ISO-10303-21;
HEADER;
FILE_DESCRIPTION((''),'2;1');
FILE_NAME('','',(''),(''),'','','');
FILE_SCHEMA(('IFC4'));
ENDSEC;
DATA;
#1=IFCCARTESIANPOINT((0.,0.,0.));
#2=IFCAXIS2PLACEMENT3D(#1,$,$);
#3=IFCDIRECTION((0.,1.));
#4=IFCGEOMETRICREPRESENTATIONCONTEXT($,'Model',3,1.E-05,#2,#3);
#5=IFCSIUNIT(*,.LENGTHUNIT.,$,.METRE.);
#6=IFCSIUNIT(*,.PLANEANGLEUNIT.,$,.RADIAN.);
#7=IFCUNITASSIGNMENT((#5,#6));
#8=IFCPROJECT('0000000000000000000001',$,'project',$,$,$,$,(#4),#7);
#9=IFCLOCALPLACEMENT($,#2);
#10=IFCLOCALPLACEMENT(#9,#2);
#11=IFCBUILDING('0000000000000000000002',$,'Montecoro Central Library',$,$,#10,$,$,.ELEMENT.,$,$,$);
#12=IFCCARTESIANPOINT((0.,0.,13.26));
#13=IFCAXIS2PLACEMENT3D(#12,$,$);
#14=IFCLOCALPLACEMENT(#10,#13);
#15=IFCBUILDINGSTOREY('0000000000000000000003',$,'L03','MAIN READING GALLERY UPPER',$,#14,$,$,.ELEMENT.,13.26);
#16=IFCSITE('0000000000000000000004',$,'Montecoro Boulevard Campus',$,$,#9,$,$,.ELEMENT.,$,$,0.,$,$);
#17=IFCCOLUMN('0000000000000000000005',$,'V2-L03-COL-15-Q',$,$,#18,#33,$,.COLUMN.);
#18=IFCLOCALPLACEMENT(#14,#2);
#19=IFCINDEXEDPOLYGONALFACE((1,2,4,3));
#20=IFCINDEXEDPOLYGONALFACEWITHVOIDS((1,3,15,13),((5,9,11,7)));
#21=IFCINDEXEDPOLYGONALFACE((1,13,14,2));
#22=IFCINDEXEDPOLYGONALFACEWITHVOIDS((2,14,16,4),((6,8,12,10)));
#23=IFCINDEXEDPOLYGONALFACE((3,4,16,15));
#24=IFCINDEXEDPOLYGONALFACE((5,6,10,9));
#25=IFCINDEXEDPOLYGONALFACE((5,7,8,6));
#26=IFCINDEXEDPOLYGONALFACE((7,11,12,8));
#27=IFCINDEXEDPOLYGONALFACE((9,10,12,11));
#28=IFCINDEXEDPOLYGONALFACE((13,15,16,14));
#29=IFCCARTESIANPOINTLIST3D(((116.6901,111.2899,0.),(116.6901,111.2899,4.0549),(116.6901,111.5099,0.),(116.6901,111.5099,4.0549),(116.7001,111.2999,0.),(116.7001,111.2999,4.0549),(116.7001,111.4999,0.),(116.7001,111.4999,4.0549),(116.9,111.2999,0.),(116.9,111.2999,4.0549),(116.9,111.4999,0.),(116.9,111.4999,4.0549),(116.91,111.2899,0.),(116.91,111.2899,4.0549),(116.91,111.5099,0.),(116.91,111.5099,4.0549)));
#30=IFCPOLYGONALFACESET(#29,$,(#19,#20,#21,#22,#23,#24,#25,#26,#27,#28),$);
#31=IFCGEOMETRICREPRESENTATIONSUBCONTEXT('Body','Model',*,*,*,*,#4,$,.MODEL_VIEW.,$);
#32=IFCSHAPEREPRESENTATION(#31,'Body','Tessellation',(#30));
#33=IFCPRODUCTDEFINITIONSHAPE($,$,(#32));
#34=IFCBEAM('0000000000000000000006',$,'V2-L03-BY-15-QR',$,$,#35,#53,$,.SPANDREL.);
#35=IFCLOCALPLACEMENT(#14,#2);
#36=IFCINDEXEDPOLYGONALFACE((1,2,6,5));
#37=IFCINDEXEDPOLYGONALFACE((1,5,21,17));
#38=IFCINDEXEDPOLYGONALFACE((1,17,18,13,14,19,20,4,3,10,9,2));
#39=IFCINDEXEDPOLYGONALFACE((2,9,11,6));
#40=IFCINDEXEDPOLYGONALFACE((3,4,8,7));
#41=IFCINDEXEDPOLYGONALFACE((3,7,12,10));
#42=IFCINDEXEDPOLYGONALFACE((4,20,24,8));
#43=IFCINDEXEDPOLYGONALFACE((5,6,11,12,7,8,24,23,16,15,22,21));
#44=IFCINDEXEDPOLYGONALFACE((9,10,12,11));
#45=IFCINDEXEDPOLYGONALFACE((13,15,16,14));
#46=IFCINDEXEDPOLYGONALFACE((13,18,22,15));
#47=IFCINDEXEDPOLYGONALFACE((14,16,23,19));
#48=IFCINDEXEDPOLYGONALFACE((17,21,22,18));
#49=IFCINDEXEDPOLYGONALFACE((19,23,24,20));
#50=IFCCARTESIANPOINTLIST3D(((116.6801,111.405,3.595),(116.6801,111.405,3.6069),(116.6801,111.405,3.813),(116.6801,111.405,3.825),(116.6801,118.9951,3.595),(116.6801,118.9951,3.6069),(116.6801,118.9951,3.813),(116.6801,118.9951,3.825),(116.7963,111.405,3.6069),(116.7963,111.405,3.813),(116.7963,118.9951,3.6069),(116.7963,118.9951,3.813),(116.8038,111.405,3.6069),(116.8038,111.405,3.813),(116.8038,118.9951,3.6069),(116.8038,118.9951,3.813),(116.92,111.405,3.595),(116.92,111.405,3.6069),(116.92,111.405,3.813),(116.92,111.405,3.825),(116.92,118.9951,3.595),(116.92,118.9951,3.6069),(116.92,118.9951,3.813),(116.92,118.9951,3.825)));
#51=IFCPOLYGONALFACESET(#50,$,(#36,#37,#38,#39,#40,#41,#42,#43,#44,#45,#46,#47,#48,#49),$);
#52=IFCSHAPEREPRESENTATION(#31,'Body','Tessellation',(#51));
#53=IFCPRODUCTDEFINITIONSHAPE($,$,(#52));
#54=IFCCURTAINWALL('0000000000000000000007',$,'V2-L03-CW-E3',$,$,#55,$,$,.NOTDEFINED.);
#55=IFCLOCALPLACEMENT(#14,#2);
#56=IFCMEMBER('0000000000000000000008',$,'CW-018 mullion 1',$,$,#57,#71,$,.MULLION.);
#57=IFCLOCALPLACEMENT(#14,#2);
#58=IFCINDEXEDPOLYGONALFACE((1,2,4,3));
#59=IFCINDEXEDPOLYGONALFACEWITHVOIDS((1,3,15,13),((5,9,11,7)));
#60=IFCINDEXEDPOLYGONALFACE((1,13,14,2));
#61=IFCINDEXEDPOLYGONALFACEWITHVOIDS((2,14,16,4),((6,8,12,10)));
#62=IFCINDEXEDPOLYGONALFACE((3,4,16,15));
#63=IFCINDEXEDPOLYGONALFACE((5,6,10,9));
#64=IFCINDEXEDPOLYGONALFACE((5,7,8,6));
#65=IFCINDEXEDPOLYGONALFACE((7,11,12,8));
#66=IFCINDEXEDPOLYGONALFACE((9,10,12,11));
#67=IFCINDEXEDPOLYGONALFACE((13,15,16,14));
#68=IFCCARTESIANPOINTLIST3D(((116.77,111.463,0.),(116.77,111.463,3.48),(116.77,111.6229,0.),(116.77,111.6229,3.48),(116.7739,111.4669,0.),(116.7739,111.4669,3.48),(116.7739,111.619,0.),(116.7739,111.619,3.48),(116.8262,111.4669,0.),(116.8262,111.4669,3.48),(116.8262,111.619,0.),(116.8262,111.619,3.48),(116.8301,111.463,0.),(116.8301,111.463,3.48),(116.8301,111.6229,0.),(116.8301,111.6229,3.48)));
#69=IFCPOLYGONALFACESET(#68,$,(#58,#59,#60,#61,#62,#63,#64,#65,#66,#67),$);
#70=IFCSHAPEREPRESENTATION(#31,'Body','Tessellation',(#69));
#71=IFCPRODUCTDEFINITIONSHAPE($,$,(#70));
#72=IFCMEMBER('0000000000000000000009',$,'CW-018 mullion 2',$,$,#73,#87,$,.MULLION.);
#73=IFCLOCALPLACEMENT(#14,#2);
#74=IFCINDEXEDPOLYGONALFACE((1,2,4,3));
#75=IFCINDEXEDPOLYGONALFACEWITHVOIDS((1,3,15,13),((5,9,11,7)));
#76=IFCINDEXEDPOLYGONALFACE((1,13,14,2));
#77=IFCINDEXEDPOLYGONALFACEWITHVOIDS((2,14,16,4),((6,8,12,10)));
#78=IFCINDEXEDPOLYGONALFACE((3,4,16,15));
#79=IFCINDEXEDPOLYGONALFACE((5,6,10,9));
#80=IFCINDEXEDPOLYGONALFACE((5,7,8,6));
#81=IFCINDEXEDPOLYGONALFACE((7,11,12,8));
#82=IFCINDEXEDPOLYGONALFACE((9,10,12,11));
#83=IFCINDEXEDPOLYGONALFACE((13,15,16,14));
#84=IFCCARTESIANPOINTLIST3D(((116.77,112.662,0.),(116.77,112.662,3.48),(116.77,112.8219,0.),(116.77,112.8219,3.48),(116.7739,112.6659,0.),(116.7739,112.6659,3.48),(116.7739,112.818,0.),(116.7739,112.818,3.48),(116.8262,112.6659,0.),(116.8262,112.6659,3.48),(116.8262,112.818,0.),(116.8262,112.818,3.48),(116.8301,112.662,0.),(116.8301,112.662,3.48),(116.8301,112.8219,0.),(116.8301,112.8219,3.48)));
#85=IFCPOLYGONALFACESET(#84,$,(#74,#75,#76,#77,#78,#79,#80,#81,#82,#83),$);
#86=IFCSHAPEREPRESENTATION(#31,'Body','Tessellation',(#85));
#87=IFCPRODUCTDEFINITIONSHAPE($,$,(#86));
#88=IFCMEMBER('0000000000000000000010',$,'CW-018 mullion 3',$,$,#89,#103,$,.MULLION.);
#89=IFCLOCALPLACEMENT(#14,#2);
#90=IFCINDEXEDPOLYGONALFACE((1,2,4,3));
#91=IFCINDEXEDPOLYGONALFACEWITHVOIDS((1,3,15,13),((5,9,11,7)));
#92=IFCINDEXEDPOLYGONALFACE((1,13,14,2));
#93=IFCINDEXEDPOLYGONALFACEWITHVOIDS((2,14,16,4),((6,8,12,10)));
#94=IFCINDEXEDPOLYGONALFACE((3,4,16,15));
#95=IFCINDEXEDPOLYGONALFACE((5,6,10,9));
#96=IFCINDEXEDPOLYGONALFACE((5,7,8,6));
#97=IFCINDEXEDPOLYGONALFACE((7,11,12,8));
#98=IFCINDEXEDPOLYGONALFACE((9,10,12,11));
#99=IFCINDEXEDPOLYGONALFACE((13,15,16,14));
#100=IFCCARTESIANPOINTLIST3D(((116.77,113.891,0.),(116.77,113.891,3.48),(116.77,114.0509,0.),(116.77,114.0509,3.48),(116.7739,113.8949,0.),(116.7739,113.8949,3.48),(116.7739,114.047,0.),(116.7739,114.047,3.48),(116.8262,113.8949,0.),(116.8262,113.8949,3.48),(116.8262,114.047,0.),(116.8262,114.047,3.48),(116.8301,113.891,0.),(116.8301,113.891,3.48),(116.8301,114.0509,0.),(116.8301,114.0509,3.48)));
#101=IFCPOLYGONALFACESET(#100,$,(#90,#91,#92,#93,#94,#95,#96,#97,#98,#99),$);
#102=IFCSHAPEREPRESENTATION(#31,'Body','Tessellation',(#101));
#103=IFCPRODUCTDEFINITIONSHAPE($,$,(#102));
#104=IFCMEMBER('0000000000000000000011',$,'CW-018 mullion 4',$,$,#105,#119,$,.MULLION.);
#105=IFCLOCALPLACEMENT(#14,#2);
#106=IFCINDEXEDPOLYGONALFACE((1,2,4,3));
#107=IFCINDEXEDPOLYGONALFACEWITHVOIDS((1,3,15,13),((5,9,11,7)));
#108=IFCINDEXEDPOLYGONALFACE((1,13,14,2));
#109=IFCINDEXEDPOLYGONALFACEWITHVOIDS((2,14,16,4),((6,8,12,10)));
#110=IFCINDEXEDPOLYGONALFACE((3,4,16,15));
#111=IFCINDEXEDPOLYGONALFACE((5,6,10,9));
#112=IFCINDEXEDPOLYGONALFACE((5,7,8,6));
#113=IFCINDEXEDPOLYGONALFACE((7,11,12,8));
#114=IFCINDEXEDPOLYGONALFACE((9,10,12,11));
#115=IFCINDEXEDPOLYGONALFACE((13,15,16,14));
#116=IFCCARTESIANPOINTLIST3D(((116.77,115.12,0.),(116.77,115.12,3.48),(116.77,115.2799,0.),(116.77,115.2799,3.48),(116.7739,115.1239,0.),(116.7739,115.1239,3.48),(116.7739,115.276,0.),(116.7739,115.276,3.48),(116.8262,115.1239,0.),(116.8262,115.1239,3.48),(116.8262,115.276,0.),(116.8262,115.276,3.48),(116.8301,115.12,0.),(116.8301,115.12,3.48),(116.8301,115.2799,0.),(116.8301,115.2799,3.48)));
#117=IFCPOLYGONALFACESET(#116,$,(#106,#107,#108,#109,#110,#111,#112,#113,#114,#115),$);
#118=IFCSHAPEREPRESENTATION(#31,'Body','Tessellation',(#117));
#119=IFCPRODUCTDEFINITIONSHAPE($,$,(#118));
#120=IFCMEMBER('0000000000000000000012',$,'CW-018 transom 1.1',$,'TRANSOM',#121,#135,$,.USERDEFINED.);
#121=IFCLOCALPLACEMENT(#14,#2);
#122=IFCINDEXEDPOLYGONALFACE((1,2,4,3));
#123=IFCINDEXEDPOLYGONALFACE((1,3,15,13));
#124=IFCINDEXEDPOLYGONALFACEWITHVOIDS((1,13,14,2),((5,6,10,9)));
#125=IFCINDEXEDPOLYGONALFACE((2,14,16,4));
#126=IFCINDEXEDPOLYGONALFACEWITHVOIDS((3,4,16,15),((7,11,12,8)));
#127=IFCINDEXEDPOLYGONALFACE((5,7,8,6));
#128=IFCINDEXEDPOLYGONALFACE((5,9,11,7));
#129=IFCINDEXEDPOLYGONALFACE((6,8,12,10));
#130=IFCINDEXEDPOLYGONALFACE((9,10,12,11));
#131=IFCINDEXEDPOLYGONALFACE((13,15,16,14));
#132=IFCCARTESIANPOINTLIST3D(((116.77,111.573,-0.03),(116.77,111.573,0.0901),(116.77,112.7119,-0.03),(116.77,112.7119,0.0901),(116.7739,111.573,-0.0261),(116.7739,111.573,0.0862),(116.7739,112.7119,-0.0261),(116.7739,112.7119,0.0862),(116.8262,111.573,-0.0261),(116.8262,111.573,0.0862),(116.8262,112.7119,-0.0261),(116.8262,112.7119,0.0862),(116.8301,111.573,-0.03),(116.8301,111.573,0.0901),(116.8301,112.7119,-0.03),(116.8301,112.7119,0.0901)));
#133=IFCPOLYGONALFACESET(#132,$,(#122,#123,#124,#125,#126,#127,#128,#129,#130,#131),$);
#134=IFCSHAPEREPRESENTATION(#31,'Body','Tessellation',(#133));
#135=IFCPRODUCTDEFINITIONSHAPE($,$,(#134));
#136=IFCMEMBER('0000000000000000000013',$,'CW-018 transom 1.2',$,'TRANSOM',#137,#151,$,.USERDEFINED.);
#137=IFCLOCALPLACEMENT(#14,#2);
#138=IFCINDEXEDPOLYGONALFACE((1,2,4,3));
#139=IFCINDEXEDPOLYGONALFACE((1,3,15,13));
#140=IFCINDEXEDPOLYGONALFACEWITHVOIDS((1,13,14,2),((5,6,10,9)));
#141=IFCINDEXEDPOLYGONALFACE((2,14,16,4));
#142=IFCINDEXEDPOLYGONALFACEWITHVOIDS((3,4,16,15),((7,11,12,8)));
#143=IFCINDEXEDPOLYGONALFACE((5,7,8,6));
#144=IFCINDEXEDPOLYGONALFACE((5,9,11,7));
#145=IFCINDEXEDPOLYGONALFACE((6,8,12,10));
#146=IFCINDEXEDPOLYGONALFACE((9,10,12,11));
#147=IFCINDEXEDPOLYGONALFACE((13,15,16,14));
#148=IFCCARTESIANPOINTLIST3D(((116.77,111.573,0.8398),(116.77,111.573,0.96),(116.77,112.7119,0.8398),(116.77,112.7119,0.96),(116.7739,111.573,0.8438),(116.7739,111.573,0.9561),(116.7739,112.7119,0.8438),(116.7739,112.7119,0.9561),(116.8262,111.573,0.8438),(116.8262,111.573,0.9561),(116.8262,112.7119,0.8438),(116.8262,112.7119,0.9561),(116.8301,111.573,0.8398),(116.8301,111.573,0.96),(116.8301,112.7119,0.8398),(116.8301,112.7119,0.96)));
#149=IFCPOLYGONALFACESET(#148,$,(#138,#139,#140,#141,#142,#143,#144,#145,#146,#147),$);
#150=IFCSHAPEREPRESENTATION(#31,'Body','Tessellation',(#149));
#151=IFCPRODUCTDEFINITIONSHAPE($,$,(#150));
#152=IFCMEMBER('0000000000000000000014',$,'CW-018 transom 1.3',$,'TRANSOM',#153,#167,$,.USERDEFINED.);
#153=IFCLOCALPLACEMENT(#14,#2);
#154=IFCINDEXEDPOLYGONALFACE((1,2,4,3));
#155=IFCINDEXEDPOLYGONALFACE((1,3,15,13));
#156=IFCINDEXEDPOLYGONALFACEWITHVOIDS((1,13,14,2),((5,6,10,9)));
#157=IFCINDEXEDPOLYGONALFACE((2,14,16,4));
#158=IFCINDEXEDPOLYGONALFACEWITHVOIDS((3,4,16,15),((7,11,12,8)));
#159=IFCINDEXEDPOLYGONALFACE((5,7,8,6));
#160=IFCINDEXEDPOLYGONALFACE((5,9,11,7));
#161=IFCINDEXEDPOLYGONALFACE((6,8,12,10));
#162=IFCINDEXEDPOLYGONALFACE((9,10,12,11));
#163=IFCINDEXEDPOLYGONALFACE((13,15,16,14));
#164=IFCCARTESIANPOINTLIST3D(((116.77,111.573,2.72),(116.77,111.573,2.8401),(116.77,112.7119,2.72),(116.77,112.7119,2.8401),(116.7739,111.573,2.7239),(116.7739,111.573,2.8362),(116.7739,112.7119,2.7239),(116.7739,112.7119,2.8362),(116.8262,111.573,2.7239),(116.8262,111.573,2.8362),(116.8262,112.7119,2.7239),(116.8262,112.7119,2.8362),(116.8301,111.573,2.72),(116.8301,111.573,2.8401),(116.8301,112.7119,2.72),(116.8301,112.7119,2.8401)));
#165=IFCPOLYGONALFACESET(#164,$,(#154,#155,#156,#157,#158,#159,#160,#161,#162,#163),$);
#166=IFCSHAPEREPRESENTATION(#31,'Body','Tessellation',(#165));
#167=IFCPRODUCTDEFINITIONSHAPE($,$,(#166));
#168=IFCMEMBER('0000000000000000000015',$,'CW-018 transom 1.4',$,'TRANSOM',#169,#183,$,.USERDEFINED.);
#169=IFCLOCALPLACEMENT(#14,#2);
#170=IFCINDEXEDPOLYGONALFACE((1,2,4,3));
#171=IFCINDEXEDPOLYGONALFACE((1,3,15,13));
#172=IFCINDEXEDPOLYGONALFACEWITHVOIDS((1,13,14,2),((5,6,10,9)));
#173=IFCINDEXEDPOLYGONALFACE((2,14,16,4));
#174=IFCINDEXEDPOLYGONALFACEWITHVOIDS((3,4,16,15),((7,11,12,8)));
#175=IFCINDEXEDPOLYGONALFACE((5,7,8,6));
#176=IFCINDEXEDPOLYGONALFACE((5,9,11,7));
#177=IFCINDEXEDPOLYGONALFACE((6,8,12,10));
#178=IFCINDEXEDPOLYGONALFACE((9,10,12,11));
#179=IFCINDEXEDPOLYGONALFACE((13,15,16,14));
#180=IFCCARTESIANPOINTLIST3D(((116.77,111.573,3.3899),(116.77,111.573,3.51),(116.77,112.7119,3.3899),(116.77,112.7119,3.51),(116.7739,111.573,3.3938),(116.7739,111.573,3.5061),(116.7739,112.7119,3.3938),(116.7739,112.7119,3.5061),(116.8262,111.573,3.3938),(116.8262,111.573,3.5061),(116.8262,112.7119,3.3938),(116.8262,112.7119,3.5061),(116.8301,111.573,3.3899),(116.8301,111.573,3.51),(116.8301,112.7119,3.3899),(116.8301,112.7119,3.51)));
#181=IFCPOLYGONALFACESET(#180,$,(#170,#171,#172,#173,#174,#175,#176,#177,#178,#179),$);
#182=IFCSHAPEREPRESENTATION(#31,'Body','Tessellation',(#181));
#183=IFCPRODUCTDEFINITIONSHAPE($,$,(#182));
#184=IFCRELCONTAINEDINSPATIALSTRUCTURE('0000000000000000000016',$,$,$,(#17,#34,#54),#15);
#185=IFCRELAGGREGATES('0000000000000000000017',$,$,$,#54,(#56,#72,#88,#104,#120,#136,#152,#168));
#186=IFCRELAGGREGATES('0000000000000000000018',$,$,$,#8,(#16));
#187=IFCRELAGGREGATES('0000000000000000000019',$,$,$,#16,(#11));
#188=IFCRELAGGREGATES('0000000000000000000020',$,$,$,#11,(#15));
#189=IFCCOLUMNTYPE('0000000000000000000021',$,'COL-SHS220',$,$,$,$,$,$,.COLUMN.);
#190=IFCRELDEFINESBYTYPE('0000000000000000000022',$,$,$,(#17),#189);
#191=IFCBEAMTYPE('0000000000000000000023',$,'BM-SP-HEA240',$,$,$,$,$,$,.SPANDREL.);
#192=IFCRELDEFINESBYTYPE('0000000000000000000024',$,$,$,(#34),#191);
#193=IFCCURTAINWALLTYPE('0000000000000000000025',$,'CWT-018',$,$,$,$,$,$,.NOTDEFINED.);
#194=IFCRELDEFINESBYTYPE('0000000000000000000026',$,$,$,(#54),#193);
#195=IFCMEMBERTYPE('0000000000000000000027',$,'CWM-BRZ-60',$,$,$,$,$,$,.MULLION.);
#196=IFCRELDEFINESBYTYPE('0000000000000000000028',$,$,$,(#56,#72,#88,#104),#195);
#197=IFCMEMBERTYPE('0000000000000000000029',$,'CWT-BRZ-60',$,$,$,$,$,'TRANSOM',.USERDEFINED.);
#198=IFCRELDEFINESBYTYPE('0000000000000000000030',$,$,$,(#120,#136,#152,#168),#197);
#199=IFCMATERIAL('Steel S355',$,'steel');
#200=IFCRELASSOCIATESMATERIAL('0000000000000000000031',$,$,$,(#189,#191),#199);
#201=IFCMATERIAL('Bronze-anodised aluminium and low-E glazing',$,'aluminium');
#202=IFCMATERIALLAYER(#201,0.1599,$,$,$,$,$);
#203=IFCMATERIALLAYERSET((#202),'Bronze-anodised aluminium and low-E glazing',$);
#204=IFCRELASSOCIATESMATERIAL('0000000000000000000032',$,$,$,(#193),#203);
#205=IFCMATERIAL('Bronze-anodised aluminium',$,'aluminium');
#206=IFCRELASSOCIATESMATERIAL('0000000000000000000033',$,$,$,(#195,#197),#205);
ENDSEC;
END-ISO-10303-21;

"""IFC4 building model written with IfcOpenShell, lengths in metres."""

from ifc_helpers import new_model, si_unit, direction, frame, origin, origin_2d, place, context, subcontext, project, spatial, hollow_rectangle, i_section, extrude, material, layer, layer_set, material_profile, profile_set, type_object, element, aggregate, save


model = new_model("IFC4")

# Units and contexts
model_context = context("Model", 3, precision=1e-05, world=origin(), true_north=direction((0.0, 1.0)))
body_context = subcontext(model_context, "Body", "Model", "MODEL_VIEW")
ifc_project = project(units=[si_unit("LENGTHUNIT", "METRE"), si_unit("PLANEANGLEUNIT", "RADIAN")], contexts=[model_context])

# Site, building, storey
site_placement = place(None, origin())
site = spatial("IfcSite", under=ifc_project, at=site_placement, Name="Montecoro Boulevard Campus", CompositionType="ELEMENT", RefElevation=0.0)
building_placement = place(site_placement, origin())
building = spatial("IfcBuilding", under=site, at=building_placement, Name="Montecoro Central Library", CompositionType="ELEMENT")
storey_placement = place(building_placement, frame((0.0, 0.0, 13.26)))
storey = spatial("IfcBuildingStorey", under=building, at=storey_placement, Name="L03", Description="MAIN READING GALLERY UPPER", CompositionType="ELEMENT", Elevation=13.26)

# Column
ifc_material_1 = material(Name="Steel S355", Category="steel")
ifc_material_profile_1 = material_profile(ifc_material_1, hollow_rectangle(XDim=0.22, YDim=0.22, WallThickness=0.01, at=origin_2d()), Name="SHS 220x220x10.0")
ifc_profile_set_1 = profile_set([ifc_material_profile_1], Name="Steel S355")
column_type = type_object("IfcColumnType", Name="COL-SHS220", PredefinedType="COLUMN", material=ifc_profile_set_1)
column_placement = place(storey_placement, frame((116.8, 111.3999, 0.0), z_axis=(0.0, 0.0, 1.0), x_axis=(1.0, 0.0, 0.0)))
element("IfcColumn", 1, at=column_placement, inside=storey, type_object=column_type, Name="V2-L03-COL-15-Q", PredefinedType="COLUMN", context=body_context, shape_type="SweptSolid", body=[
    extrude(hollow_rectangle(XDim=0.22, YDim=0.22, WallThickness=0.01, at=origin_2d()), origin(), (0.0, 0.0, 1.0), 4.0549),
])

# Beam
ifc_material_profile_2 = material_profile(ifc_material_1, i_section(OverallWidth=0.24, OverallDepth=0.23, WebThickness=0.0076, FlangeThickness=0.012, at=origin_2d()), Name="HEA 240")
ifc_profile_set_2 = profile_set([ifc_material_profile_2], Name="Steel S355")
beam_type = type_object("IfcBeamType", Name="BM-SP-HEA240", PredefinedType="SPANDREL", material=ifc_profile_set_2)
beam_placement = place(storey_placement, frame((116.8, 111.405, 3.71), z_axis=(0.0, 1.0, 0.0), x_axis=(-1.0, 0.0, 0.0)))
element("IfcBeam", 2, at=beam_placement, inside=storey, type_object=beam_type, Name="V2-L03-BY-15-QR", PredefinedType="SPANDREL", context=body_context, shape_type="SweptSolid", body=[
    extrude(i_section(OverallWidth=0.24, OverallDepth=0.23, WebThickness=0.0076, FlangeThickness=0.012, at=origin_2d()), origin(), (0.0, 0.0, 1.0), 7.5901),
])

# Curtain wall, members
ifc_material_2 = material(Name="Bronze-anodised aluminium and low-E glazing", Category="aluminium")
ifc_layer_1 = layer(ifc_material_2, 0.1599)
ifc_layer_set_1 = layer_set([ifc_layer_1], Name="Bronze-anodised aluminium and low-E glazing")
curtain_wall_type = type_object("IfcCurtainWallType", Name="CWT-018", PredefinedType="NOTDEFINED", material=ifc_layer_set_1)
curtain_wall_placement = place(storey_placement, origin())
curtain_wall = element("IfcCurtainWall", 3, at=curtain_wall_placement, inside=storey, type_object=curtain_wall_type, Name="V2-L03-CW-E3", PredefinedType="NOTDEFINED")
ifc_material_3 = material(Name="Bronze-anodised aluminium", Category="aluminium")
ifc_material_profile_3 = material_profile(ifc_material_3, hollow_rectangle(XDim=0.0601, YDim=0.1599, WallThickness=0.0039, at=origin_2d()), Name="CWM 160x60x4.0")
ifc_profile_set_3 = profile_set([ifc_material_profile_3], Name="Bronze-anodised aluminium")
member_type_1 = type_object("IfcMemberType", Name="CWM-BRZ-60", PredefinedType="MULLION", material=ifc_profile_set_3)
member_1_placement = place(storey_placement, frame((116.8, 111.543, 0.0), z_axis=(0.0, 0.0, 1.0), x_axis=(-1.0, 0.0, 0.0)))
member_1 = element("IfcMember", 4, at=member_1_placement, type_object=member_type_1, Name="CW-018 mullion 1", PredefinedType="MULLION", context=body_context, shape_type="SweptSolid", body=[
    extrude(hollow_rectangle(XDim=0.0601, YDim=0.1599, WallThickness=0.0039, at=origin_2d()), origin(), (0.0, 0.0, 1.0), 3.48),
])
member_2_placement = place(storey_placement, frame((116.8, 112.7419, 0.0), z_axis=(0.0, 0.0, 1.0), x_axis=(-1.0, 0.0, 0.0)))
member_2 = element("IfcMember", 5, at=member_2_placement, type_object=member_type_1, Name="CW-018 mullion 2", PredefinedType="MULLION", context=body_context, shape_type="SweptSolid", body=[
    extrude(hollow_rectangle(XDim=0.0601, YDim=0.1599, WallThickness=0.0039, at=origin_2d()), origin(), (0.0, 0.0, 1.0), 3.48),
])
member_3_placement = place(storey_placement, frame((116.8, 113.9709, 0.0), z_axis=(0.0, 0.0, 1.0), x_axis=(-1.0, 0.0, 0.0)))
member_3 = element("IfcMember", 6, at=member_3_placement, type_object=member_type_1, Name="CW-018 mullion 3", PredefinedType="MULLION", context=body_context, shape_type="SweptSolid", body=[
    extrude(hollow_rectangle(XDim=0.0601, YDim=0.1599, WallThickness=0.0039, at=origin_2d()), origin(), (0.0, 0.0, 1.0), 3.48),
])
member_4_placement = place(storey_placement, frame((116.8, 115.2, 0.0), z_axis=(0.0, 0.0, 1.0), x_axis=(-1.0, 0.0, 0.0)))
member_4 = element("IfcMember", 7, at=member_4_placement, type_object=member_type_1, Name="CW-018 mullion 4", PredefinedType="MULLION", context=body_context, shape_type="SweptSolid", body=[
    extrude(hollow_rectangle(XDim=0.0601, YDim=0.1599, WallThickness=0.0039, at=origin_2d()), origin(), (0.0, 0.0, 1.0), 3.48),
])
ifc_material_profile_4 = material_profile(ifc_material_3, hollow_rectangle(XDim=0.0601, YDim=0.1201, WallThickness=0.0039, at=origin_2d()), Name="CWT 120x60x4.0")
ifc_profile_set_4 = profile_set([ifc_material_profile_4], Name="Bronze-anodised aluminium")
member_type_2 = type_object("IfcMemberType", Name="CWT-BRZ-60", ElementType="TRANSOM", PredefinedType="USERDEFINED", material=ifc_profile_set_4)
member_5_placement = place(storey_placement, frame((116.8, 111.573, 0.03), z_axis=(0.0, 1.0, 0.0), x_axis=(-1.0, 0.0, 0.0)))
member_5 = element("IfcMember", 8, at=member_5_placement, type_object=member_type_2, Name="CW-018 transom 1.1", ObjectType="TRANSOM", PredefinedType="USERDEFINED", context=body_context, shape_type="SweptSolid", body=[
    extrude(hollow_rectangle(XDim=0.0601, YDim=0.1201, WallThickness=0.0039, at=origin_2d()), origin(), (0.0, 0.0, 1.0), 1.1389),
])
member_6_placement = place(storey_placement, frame((116.8, 111.573, 0.8999), z_axis=(0.0, 1.0, 0.0), x_axis=(-1.0, 0.0, 0.0)))
member_6 = element("IfcMember", 9, at=member_6_placement, type_object=member_type_2, Name="CW-018 transom 1.2", ObjectType="TRANSOM", PredefinedType="USERDEFINED", context=body_context, shape_type="SweptSolid", body=[
    extrude(hollow_rectangle(XDim=0.0601, YDim=0.1201, WallThickness=0.0039, at=origin_2d()), origin(), (0.0, 0.0, 1.0), 1.1389),
])
member_7_placement = place(storey_placement, frame((116.8, 111.573, 2.78), z_axis=(0.0, 1.0, 0.0), x_axis=(-1.0, 0.0, 0.0)))
member_7 = element("IfcMember", 10, at=member_7_placement, type_object=member_type_2, Name="CW-018 transom 1.3", ObjectType="TRANSOM", PredefinedType="USERDEFINED", context=body_context, shape_type="SweptSolid", body=[
    extrude(hollow_rectangle(XDim=0.0601, YDim=0.1201, WallThickness=0.0039, at=origin_2d()), origin(), (0.0, 0.0, 1.0), 1.1389),
])
member_8_placement = place(storey_placement, frame((116.8, 111.573, 3.45), z_axis=(0.0, 1.0, 0.0), x_axis=(-1.0, 0.0, 0.0)))
member_8 = element("IfcMember", 11, at=member_8_placement, type_object=member_type_2, Name="CW-018 transom 1.4", ObjectType="TRANSOM", PredefinedType="USERDEFINED", context=body_context, shape_type="SweptSolid", body=[
    extrude(hollow_rectangle(XDim=0.0601, YDim=0.1201, WallThickness=0.0039, at=origin_2d()), origin(), (0.0, 0.0, 1.0), 1.1389),
])
aggregate(curtain_wall, [member_1, member_2, member_3, member_4, member_5, member_6, member_7, member_8])

save(model, "model.ifc")
